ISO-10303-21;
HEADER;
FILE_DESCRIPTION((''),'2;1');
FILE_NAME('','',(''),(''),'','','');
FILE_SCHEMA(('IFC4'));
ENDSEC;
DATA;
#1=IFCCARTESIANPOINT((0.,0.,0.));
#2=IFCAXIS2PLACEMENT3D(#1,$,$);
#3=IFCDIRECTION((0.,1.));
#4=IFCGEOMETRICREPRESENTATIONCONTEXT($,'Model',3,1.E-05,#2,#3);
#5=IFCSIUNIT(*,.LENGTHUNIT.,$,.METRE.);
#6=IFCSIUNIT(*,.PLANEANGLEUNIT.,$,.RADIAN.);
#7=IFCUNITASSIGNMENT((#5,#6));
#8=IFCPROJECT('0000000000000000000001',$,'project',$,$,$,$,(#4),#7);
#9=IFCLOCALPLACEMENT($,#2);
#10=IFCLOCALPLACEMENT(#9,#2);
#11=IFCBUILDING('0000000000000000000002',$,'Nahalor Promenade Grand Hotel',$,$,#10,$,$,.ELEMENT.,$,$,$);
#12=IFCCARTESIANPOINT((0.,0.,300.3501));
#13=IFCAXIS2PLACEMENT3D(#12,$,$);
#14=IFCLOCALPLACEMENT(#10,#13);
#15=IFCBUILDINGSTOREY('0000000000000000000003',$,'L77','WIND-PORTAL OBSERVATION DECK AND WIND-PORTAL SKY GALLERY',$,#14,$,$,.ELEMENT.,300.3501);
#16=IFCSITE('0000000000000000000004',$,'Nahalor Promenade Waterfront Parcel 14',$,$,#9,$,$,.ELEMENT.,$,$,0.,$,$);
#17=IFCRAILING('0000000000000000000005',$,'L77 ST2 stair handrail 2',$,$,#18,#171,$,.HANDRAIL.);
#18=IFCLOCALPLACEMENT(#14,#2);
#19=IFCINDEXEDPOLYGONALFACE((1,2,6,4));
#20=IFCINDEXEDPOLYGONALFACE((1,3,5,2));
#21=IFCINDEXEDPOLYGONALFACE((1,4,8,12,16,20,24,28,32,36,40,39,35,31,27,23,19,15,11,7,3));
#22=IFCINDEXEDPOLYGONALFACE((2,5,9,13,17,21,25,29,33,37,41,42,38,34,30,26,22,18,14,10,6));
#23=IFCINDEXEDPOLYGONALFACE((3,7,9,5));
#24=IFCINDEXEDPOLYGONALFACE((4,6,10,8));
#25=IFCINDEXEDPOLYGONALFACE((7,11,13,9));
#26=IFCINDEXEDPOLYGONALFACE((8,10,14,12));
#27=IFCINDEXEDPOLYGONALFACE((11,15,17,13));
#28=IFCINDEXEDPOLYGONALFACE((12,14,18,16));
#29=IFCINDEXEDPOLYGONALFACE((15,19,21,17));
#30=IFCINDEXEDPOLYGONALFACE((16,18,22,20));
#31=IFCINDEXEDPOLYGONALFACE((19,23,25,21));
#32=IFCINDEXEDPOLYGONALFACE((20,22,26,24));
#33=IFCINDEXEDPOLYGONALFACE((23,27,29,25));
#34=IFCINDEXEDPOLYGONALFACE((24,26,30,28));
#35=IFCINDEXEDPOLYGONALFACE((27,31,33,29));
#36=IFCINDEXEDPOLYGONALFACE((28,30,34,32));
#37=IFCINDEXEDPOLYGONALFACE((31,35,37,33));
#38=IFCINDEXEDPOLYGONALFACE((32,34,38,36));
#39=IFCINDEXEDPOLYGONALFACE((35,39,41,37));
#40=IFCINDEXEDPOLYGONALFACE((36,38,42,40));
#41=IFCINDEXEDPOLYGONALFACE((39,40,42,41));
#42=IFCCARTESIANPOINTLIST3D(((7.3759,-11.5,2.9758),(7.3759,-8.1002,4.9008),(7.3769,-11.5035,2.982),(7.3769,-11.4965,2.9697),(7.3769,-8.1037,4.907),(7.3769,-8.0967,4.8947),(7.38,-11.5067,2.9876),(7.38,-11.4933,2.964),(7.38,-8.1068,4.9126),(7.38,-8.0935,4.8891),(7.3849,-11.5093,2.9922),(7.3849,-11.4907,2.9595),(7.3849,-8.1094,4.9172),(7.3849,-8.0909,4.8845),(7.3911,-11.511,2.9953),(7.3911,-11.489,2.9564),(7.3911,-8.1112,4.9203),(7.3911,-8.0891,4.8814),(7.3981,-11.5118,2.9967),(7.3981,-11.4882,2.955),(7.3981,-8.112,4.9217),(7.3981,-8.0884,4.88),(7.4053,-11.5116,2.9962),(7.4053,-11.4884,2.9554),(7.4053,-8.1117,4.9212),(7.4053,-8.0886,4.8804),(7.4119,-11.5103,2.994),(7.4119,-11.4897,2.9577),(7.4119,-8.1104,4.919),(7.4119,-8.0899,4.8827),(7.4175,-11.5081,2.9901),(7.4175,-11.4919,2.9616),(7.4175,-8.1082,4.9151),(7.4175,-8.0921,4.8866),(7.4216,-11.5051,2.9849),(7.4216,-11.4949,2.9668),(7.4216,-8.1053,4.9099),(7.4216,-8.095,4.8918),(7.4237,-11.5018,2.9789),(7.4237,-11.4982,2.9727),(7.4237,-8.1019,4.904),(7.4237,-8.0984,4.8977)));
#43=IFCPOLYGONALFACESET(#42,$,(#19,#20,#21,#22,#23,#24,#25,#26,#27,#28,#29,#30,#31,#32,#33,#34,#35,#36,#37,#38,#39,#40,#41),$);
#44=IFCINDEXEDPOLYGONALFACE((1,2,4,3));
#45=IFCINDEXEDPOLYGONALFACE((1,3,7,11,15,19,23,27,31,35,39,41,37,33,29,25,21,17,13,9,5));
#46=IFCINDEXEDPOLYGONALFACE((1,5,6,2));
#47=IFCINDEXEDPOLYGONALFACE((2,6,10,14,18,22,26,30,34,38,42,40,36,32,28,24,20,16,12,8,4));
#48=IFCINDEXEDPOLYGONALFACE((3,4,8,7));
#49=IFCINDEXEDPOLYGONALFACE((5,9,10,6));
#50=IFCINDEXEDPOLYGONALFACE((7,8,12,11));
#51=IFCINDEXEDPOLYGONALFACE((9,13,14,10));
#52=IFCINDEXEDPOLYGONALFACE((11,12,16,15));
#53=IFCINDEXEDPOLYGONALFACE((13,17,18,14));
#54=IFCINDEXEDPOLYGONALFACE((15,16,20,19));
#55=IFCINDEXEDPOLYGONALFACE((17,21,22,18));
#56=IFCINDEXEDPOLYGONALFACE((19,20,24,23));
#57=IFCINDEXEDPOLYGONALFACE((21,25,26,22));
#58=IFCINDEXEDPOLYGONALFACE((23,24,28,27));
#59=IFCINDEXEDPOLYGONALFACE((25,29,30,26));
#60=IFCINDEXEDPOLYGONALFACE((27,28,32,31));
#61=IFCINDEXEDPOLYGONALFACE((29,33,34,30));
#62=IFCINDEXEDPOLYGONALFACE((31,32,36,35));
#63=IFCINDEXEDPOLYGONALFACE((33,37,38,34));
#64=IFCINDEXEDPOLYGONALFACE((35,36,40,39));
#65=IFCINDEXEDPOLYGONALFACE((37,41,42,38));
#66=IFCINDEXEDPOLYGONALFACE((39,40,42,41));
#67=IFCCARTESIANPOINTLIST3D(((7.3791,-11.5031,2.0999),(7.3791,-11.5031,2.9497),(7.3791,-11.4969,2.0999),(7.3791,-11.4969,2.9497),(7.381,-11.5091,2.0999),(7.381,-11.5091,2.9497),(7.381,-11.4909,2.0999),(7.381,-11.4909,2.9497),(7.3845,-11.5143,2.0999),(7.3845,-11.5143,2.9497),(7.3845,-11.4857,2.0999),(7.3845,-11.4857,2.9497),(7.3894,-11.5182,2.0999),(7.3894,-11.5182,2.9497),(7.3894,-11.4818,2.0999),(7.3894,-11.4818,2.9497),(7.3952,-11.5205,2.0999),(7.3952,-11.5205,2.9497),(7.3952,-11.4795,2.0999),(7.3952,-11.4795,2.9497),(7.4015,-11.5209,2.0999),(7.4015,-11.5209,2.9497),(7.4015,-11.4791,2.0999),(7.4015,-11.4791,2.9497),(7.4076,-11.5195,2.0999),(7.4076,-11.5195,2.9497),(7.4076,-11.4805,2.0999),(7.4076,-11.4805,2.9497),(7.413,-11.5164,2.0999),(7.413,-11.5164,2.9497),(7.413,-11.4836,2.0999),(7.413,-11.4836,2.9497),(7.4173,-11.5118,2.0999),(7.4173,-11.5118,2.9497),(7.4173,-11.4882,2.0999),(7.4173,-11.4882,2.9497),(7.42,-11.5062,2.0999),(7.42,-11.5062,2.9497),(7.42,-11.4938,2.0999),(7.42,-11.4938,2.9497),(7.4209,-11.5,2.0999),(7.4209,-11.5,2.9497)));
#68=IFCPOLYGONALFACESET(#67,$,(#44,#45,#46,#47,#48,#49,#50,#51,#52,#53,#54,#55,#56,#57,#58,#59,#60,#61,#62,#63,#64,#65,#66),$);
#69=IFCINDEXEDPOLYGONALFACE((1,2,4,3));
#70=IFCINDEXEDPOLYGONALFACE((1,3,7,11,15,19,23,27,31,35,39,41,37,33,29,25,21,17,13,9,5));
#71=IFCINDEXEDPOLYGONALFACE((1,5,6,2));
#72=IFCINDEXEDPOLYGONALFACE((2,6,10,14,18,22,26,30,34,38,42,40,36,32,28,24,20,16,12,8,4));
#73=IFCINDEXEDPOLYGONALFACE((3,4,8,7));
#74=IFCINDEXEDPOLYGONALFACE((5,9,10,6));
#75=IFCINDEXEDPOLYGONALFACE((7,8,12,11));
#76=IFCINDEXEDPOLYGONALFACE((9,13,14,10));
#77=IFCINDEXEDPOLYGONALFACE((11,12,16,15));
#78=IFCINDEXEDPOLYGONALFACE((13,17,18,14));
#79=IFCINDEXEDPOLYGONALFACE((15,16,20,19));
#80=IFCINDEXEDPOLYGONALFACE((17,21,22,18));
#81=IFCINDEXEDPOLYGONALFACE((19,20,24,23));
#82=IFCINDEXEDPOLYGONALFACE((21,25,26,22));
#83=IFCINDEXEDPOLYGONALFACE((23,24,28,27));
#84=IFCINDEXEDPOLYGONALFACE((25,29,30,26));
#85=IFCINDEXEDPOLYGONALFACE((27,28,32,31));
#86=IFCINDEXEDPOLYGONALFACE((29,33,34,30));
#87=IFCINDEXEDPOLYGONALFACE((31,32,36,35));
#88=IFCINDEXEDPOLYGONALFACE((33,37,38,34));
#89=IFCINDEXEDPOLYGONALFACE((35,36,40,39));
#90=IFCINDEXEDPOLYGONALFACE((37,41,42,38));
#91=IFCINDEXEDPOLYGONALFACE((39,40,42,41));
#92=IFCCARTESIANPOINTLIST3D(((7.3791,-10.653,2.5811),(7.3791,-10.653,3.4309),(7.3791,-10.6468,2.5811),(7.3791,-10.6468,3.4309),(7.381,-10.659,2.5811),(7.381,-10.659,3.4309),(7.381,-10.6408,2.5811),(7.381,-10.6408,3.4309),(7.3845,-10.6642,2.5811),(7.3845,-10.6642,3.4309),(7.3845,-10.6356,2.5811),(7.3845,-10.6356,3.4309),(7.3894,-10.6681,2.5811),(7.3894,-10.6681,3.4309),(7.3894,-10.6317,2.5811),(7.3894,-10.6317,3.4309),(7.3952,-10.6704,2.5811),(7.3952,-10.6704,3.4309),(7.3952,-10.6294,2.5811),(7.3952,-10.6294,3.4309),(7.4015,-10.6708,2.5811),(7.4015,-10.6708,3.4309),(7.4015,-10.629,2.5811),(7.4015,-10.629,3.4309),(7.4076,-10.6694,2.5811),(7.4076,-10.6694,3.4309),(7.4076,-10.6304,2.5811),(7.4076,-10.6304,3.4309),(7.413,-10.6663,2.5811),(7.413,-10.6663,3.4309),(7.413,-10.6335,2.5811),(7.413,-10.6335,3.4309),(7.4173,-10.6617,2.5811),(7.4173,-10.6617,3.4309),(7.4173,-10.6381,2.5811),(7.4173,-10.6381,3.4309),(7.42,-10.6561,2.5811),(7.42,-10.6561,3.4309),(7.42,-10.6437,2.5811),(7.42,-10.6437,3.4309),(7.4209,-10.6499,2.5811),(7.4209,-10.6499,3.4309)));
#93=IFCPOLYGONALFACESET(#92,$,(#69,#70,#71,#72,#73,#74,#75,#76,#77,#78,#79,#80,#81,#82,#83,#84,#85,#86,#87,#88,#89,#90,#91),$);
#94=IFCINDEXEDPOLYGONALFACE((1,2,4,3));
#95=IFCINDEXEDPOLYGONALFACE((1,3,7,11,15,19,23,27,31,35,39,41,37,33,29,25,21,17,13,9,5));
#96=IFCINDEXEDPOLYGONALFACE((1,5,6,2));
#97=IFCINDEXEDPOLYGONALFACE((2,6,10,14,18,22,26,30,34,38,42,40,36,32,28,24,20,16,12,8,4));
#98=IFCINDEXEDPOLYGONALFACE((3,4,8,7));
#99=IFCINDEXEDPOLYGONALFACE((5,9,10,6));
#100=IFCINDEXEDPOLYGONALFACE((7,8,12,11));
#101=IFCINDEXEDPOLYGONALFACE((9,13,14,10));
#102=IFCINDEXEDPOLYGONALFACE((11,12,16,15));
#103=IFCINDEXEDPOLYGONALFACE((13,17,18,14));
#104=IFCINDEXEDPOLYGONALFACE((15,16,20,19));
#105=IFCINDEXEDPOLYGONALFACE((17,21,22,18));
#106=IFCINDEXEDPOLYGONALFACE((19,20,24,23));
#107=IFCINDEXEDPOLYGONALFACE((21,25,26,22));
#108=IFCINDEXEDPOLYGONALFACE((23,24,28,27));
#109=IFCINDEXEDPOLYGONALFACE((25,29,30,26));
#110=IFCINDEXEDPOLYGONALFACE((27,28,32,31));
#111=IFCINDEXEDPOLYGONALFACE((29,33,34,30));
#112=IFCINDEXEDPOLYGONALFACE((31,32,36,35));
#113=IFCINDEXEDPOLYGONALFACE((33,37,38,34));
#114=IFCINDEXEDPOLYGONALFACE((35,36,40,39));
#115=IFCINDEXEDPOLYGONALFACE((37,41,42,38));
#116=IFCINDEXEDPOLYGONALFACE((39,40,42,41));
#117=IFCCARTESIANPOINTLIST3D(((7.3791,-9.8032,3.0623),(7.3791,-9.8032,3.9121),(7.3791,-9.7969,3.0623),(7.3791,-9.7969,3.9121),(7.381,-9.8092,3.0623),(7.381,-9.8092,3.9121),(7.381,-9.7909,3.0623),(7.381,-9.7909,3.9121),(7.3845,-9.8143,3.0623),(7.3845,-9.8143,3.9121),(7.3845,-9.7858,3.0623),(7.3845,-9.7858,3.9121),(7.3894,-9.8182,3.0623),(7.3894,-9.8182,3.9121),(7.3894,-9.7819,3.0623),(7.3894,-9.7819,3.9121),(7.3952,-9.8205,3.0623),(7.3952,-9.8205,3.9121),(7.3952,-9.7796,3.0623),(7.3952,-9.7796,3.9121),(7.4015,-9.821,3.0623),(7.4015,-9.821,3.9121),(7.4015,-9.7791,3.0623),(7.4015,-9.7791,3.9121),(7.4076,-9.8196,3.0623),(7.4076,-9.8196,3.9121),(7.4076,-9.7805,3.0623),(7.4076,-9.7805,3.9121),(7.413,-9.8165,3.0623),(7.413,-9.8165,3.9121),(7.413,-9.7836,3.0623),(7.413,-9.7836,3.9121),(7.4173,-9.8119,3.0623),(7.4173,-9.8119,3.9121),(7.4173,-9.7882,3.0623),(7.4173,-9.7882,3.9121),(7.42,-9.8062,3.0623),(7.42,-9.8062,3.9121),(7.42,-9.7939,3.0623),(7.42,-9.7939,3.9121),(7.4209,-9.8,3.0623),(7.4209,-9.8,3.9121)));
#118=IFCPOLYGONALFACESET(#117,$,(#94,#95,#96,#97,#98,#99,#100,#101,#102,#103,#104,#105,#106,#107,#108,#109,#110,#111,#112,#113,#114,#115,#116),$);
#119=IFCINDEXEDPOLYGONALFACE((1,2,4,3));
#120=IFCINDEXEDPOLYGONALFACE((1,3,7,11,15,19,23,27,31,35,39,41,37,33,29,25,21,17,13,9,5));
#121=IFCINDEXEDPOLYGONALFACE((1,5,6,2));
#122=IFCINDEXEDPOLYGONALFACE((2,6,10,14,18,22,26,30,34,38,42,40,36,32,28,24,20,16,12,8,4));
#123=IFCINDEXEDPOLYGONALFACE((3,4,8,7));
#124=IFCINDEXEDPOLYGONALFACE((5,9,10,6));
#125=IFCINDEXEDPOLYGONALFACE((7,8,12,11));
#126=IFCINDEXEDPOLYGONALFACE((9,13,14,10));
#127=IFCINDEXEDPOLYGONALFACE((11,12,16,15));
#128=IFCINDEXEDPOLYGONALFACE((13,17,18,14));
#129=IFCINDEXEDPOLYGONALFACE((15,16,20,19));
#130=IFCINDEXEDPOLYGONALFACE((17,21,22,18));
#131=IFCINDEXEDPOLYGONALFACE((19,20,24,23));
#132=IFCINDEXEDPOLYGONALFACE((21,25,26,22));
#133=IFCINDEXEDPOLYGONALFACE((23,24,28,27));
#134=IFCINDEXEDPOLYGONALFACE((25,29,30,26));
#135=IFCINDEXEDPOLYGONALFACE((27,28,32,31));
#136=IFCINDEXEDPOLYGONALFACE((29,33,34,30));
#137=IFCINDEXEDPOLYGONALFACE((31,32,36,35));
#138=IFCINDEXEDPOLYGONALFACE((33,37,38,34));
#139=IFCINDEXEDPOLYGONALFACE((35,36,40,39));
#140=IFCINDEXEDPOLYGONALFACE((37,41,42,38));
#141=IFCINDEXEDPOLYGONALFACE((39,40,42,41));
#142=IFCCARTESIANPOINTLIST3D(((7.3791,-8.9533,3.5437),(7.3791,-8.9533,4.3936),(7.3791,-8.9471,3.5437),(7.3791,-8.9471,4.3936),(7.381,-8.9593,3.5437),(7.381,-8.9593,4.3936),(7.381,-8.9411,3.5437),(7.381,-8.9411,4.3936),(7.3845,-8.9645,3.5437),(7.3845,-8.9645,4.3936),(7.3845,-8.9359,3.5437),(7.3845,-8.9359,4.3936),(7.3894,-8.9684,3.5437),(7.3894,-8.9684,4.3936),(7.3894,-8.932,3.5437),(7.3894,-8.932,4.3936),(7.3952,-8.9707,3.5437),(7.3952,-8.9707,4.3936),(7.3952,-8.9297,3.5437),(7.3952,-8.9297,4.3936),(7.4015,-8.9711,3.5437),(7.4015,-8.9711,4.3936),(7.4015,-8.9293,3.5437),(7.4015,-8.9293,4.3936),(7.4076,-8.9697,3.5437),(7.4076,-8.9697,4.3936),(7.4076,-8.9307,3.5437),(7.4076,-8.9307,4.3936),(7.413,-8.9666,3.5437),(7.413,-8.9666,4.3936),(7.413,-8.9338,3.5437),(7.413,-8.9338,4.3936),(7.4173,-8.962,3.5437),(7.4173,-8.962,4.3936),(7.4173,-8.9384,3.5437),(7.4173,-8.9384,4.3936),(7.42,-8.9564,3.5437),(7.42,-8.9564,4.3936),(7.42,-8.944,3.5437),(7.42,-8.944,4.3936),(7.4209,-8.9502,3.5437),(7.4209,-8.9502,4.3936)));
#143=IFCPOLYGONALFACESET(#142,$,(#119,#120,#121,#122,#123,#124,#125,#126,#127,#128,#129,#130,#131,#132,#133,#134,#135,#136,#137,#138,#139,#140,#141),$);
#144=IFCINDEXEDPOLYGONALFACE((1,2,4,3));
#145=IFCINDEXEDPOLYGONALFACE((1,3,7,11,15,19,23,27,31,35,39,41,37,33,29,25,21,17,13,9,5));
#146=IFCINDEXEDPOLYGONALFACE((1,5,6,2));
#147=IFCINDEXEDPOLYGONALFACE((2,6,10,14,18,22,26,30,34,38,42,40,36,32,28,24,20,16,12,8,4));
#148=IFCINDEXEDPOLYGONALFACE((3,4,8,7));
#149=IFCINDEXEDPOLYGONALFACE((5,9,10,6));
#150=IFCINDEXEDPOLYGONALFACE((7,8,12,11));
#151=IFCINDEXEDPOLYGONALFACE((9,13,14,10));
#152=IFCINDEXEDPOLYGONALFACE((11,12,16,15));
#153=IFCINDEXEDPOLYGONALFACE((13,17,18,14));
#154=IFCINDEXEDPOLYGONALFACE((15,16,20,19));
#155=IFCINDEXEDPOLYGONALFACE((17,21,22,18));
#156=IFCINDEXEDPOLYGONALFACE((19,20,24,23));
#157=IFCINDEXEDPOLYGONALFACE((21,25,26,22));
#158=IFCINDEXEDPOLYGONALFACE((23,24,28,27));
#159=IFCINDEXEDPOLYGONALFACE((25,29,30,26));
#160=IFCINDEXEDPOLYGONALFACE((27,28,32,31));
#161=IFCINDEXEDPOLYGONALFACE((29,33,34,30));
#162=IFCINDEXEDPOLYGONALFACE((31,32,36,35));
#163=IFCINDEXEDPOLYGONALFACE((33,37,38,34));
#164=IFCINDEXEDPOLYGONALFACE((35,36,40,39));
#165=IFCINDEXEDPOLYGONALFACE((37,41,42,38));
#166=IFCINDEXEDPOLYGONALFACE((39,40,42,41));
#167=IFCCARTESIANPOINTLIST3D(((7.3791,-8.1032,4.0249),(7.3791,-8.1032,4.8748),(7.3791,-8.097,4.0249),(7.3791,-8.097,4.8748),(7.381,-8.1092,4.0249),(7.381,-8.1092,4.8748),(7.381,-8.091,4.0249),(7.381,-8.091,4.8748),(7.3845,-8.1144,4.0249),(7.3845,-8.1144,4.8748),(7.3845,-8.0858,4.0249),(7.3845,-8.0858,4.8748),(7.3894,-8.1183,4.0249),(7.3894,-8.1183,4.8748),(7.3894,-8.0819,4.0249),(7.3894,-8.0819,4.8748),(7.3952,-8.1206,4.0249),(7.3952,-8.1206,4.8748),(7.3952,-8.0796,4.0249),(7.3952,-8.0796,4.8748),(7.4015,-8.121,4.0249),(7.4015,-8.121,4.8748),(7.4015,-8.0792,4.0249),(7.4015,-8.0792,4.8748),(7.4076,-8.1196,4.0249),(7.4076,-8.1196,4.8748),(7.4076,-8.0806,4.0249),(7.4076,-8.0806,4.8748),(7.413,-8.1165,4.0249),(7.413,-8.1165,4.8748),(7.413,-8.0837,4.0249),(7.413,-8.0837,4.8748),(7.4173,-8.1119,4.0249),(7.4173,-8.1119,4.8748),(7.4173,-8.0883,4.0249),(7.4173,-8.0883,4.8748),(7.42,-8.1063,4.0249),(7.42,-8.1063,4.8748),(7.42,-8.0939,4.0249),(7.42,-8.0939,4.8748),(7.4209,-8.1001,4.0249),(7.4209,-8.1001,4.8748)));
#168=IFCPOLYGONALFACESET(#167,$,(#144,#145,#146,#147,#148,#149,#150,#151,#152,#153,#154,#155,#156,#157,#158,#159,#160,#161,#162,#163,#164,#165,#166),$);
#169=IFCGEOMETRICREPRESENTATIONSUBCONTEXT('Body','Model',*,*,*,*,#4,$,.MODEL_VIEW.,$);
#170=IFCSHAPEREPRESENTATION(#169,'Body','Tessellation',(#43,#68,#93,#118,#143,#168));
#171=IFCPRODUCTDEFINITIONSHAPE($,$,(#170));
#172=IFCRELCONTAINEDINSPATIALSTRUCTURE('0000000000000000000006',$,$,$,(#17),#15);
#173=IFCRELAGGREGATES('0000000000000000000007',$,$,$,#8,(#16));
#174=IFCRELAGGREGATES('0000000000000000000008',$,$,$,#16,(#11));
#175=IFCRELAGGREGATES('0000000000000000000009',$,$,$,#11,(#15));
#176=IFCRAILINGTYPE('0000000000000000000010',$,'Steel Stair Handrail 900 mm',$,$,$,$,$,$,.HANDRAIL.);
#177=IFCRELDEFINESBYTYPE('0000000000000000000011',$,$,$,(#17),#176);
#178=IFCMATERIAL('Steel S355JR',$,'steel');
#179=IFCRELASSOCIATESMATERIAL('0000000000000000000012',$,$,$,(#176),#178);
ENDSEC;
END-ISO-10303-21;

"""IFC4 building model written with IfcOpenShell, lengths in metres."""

from ifc_helpers import new_model, si_unit, direction, frame, origin, origin_2d, place, context, subcontext, project, spatial, circle, extrude, material, type_object, element, save


model = new_model("IFC4")

# Units and contexts
model_context = context("Model", 3, precision=1e-05, world=origin(), true_north=direction((0.0, 1.0)))
body_context = subcontext(model_context, "Body", "Model", "MODEL_VIEW")
ifc_project = project(units=[si_unit("LENGTHUNIT", "METRE"), si_unit("PLANEANGLEUNIT", "RADIAN")], contexts=[model_context])

# Site, building, storey
site_placement = place(None, origin())
site = spatial("IfcSite", under=ifc_project, at=site_placement, Name="Nahalor Promenade Waterfront Parcel 14", CompositionType="ELEMENT", RefElevation=0.0)
building_placement = place(site_placement, origin())
building = spatial("IfcBuilding", under=site, at=building_placement, Name="Nahalor Promenade Grand Hotel", CompositionType="ELEMENT")
storey_placement = place(building_placement, frame((0.0, 0.0, 300.3501)))
storey = spatial("IfcBuildingStorey", under=building, at=storey_placement, Name="L77", Description="WIND-PORTAL OBSERVATION DECK AND WIND-PORTAL SKY GALLERY", CompositionType="ELEMENT", Elevation=300.3501)

# Shared definitions
ifc_material_1 = material(Name="Steel S355JR", Category="steel")

# Railing
railing_type_1 = type_object("IfcRailingType", Name="Steel Stair Handrail 900 mm", PredefinedType="HANDRAIL", material=ifc_material_1)
railing_1_placement = place(storey_placement, frame((7.3999, -11.5, 2.0999)))
element("IfcRailing", 1, at=railing_1_placement, inside=storey, type_object=railing_type_1, Name="L77 ST2 stair handrail 2", PredefinedType="HANDRAIL", context=body_context, shape_type="SweptSolid", body=[
    extrude(circle(Radius=0.024, at=origin_2d()), frame((0.0, 0.0, 0.876), z_axis=(0.0, 0.870194, 0.49271), x_axis=(-1.0, 0.0, 0.0)), (0.0, 0.0, 1.0), 3.907),
    extrude(circle(Radius=0.021, at=origin_2d()), origin(), (0.0, 0.0, 1.0), 0.8499),
    extrude(circle(Radius=0.021, at=origin_2d()), frame((0.0, 0.8501, 0.4812)), (0.0, 0.0, 1.0), 0.8499),
    extrude(circle(Radius=0.021, at=origin_2d()), frame((0.0, 1.7, 0.9624)), (0.0, 0.0, 1.0), 0.8499),
    extrude(circle(Radius=0.021, at=origin_2d()), frame((0.0, 2.5498, 1.4438)), (0.0, 0.0, 1.0), 0.8499),
    extrude(circle(Radius=0.021, at=origin_2d()), frame((0.0, 3.3999, 1.925)), (0.0, 0.0, 1.0), 0.8499),
])

save(model, "model.ifc")
